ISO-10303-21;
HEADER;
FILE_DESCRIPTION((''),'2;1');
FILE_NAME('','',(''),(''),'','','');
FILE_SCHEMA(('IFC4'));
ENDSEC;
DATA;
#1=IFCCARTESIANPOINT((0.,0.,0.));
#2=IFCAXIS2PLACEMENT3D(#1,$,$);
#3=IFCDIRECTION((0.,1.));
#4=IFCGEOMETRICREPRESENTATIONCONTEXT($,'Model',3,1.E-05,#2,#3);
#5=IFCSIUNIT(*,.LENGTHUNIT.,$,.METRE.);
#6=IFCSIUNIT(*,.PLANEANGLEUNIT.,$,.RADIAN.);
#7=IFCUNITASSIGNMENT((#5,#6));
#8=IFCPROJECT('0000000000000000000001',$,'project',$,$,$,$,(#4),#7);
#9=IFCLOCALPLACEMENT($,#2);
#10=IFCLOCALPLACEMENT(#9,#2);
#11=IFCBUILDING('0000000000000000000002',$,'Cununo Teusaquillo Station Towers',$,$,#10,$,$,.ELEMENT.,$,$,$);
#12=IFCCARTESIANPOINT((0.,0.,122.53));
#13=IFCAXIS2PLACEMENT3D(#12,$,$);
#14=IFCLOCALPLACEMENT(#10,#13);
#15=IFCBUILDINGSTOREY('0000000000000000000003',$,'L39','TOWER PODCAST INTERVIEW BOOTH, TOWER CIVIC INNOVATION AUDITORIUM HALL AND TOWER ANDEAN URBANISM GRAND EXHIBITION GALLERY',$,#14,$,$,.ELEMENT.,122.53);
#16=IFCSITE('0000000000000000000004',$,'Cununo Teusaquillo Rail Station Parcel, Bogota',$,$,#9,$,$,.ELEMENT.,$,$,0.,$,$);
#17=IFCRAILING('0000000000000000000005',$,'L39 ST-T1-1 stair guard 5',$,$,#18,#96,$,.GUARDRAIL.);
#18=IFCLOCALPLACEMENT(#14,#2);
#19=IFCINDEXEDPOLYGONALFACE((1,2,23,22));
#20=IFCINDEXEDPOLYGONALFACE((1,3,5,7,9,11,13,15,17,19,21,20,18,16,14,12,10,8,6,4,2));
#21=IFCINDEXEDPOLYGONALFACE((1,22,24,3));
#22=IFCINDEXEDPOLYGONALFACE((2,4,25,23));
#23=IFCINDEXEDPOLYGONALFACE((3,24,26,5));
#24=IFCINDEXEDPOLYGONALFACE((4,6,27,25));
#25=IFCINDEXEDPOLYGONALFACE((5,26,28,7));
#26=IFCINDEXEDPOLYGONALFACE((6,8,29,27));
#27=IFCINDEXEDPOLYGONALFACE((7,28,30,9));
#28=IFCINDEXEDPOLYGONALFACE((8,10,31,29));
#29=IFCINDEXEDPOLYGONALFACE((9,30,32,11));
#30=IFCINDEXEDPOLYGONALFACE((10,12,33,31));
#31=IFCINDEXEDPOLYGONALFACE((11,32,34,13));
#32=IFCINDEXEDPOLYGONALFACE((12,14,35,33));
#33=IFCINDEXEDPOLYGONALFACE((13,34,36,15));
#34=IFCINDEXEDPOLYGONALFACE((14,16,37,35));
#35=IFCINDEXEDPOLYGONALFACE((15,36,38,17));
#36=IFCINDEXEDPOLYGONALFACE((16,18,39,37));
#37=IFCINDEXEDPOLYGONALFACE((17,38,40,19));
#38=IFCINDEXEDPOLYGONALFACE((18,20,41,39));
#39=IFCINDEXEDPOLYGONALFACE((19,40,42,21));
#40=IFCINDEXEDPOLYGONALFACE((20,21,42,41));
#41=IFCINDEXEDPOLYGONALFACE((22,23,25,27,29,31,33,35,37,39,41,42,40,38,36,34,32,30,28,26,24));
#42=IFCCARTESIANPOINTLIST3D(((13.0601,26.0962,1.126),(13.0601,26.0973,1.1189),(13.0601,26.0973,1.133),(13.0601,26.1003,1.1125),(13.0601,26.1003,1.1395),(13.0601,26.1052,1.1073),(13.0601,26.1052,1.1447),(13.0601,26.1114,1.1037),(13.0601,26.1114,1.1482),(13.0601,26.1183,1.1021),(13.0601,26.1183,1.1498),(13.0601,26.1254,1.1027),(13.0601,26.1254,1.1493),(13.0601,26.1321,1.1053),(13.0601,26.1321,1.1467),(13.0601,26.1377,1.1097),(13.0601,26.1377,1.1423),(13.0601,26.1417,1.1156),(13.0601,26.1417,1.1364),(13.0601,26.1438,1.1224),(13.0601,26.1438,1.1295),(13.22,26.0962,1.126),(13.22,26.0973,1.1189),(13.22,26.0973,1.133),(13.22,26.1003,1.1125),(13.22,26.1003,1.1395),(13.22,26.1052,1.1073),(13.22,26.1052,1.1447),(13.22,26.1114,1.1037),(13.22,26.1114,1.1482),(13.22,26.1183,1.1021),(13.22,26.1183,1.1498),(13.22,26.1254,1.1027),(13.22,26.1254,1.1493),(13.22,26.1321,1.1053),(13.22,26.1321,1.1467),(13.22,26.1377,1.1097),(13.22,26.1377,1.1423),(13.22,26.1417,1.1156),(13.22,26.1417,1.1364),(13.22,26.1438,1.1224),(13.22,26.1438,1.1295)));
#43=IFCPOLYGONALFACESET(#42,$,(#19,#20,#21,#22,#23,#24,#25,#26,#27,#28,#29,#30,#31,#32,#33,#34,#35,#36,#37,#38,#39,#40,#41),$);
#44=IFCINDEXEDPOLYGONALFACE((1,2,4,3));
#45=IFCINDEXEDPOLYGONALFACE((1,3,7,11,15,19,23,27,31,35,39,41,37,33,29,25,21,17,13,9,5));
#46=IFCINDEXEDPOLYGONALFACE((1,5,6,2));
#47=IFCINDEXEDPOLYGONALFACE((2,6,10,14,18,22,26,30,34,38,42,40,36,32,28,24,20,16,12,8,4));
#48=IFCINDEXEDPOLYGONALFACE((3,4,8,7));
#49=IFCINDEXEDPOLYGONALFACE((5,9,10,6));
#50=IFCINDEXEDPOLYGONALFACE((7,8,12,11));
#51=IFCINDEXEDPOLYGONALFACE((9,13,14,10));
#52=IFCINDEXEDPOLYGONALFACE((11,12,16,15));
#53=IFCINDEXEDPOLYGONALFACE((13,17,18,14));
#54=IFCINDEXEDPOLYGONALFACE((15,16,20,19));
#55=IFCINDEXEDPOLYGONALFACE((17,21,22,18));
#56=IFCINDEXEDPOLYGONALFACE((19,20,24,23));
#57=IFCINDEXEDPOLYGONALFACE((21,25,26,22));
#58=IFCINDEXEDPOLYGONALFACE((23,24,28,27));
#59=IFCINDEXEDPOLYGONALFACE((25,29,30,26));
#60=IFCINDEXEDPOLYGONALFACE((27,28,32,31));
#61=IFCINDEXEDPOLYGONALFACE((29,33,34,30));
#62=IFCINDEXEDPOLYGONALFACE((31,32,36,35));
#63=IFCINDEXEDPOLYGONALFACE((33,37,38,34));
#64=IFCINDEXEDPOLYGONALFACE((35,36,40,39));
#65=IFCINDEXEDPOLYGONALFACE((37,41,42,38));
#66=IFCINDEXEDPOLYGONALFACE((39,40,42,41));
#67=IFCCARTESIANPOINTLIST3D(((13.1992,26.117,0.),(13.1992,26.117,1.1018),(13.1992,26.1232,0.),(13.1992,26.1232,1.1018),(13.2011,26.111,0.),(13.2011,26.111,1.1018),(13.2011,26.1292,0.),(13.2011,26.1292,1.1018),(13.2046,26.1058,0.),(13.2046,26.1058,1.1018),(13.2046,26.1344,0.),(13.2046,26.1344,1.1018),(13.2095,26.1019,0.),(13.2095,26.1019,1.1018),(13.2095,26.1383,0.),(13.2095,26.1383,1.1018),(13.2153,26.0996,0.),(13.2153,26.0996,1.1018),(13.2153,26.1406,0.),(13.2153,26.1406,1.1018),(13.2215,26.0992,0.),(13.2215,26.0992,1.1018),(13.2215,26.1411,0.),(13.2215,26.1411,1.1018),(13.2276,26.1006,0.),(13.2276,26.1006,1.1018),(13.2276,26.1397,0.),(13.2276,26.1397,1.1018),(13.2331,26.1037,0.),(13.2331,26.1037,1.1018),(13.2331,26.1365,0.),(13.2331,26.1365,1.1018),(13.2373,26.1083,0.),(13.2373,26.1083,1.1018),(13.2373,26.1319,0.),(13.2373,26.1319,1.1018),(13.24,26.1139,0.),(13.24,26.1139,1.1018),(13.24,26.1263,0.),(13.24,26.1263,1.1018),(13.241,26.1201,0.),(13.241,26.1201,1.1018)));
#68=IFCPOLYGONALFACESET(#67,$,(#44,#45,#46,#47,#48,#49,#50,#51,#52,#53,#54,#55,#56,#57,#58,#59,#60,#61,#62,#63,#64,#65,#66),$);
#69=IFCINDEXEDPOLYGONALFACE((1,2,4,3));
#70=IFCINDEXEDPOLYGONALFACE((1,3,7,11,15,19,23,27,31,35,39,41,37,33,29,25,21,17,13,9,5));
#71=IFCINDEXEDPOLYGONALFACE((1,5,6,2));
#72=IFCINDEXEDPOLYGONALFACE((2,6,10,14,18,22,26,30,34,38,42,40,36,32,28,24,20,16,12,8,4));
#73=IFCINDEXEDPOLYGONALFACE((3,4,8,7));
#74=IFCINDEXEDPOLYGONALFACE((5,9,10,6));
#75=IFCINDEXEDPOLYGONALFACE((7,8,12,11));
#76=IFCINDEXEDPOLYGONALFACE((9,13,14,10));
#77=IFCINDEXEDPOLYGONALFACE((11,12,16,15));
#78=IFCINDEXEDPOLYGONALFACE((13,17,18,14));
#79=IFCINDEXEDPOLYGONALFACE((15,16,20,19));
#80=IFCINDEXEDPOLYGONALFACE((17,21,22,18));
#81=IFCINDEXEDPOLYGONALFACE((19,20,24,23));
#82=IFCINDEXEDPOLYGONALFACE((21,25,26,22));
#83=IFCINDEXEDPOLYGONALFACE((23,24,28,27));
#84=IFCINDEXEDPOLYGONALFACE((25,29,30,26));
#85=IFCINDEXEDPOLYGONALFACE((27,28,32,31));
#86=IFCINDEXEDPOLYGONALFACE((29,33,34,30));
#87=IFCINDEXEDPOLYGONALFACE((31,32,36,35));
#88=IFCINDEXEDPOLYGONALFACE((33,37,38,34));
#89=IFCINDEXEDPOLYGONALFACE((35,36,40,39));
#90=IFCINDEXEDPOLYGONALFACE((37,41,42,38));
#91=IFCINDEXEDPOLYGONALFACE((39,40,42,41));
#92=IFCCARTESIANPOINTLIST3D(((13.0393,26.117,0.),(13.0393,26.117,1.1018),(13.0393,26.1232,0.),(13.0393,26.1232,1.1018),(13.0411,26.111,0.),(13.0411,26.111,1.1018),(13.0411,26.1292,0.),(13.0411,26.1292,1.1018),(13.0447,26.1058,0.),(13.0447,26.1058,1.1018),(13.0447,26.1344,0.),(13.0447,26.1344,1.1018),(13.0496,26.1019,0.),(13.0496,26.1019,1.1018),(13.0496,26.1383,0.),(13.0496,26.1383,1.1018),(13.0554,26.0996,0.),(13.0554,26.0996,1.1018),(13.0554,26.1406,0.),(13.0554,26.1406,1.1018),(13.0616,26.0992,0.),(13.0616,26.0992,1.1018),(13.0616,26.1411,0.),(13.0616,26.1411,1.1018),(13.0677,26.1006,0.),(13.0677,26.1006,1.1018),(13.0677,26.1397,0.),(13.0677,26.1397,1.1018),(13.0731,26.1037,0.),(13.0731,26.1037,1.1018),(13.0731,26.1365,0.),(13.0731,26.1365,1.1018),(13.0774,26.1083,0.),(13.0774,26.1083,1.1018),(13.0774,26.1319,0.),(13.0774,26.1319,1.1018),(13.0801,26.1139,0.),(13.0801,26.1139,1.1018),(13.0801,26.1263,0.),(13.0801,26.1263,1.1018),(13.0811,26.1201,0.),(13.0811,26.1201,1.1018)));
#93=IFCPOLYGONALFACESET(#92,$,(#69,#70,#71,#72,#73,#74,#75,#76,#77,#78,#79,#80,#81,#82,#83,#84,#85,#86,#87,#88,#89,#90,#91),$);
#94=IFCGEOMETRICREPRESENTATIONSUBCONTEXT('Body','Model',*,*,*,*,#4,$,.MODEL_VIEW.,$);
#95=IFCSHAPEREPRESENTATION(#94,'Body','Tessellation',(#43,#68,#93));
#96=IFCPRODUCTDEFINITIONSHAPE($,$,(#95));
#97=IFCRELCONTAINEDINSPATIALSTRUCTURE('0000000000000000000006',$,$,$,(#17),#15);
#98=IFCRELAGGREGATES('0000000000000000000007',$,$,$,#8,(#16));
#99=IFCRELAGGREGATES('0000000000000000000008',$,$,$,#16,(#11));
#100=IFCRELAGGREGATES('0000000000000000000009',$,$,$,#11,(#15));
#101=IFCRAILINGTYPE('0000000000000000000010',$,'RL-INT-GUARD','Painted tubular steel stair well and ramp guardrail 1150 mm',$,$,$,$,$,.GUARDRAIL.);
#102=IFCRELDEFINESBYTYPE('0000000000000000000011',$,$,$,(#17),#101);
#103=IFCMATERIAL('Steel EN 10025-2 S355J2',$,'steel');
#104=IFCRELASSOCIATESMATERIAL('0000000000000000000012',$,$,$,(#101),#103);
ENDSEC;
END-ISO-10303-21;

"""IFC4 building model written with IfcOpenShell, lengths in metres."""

from ifc_helpers import new_model, si_unit, direction, frame, origin, origin_2d, place, context, subcontext, project, spatial, circle, extrude, material, type_object, element, save


model = new_model("IFC4")

# Units and contexts
model_context = context("Model", 3, precision=1e-05, world=origin(), true_north=direction((0.0, 1.0)))
body_context = subcontext(model_context, "Body", "Model", "MODEL_VIEW")
ifc_project = project(units=[si_unit("LENGTHUNIT", "METRE"), si_unit("PLANEANGLEUNIT", "RADIAN")], contexts=[model_context])

# Site, building, storey
site_placement = place(None, origin())
site = spatial("IfcSite", under=ifc_project, at=site_placement, Name="Cununo Teusaquillo Rail Station Parcel, Bogota", CompositionType="ELEMENT", RefElevation=0.0)
building_placement = place(site_placement, origin())
building = spatial("IfcBuilding", under=site, at=building_placement, Name="Cununo Teusaquillo Station Towers", CompositionType="ELEMENT")
storey_placement = place(building_placement, frame((0.0, 0.0, 122.53)))
storey = spatial("IfcBuildingStorey", under=building, at=storey_placement, Name="L39", Description="TOWER PODCAST INTERVIEW BOOTH, TOWER CIVIC INNOVATION AUDITORIUM HALL AND TOWER ANDEAN URBANISM GRAND EXHIBITION GALLERY", CompositionType="ELEMENT", Elevation=122.53)

# Railing
ifc_material_1 = material(Name="Steel EN 10025-2 S355J2", Category="steel")
railing_type_1 = type_object("IfcRailingType", Name="RL-INT-GUARD", Description="Painted tubular steel stair well and ramp guardrail 1150 mm", PredefinedType="GUARDRAIL", material=ifc_material_1)
railing_1_placement = place(storey_placement, frame((13.22, 26.1201, 0.0)))
element("IfcRailing", 1, at=railing_1_placement, inside=storey, type_object=railing_type_1, Name="L39 ST-T1-1 stair guard 5", PredefinedType="GUARDRAIL", context=body_context, shape_type="SweptSolid", body=[
    extrude(circle(Radius=0.0239, at=origin_2d()), frame((0.0, 0.0, 1.126), z_axis=(-1.0, 0.0, 0.0), x_axis=(0.0, -1.0, 0.0)), (0.0, 0.0, 1.0), 0.1599),
    extrude(circle(Radius=0.021, at=origin_2d()), origin(), (0.0, 0.0, 1.0), 1.1018),
    extrude(circle(Radius=0.021, at=origin_2d()), frame((-0.1599, 0.0, 0.0)), (0.0, 0.0, 1.0), 1.1018),
])

save(model, "model.ifc")
